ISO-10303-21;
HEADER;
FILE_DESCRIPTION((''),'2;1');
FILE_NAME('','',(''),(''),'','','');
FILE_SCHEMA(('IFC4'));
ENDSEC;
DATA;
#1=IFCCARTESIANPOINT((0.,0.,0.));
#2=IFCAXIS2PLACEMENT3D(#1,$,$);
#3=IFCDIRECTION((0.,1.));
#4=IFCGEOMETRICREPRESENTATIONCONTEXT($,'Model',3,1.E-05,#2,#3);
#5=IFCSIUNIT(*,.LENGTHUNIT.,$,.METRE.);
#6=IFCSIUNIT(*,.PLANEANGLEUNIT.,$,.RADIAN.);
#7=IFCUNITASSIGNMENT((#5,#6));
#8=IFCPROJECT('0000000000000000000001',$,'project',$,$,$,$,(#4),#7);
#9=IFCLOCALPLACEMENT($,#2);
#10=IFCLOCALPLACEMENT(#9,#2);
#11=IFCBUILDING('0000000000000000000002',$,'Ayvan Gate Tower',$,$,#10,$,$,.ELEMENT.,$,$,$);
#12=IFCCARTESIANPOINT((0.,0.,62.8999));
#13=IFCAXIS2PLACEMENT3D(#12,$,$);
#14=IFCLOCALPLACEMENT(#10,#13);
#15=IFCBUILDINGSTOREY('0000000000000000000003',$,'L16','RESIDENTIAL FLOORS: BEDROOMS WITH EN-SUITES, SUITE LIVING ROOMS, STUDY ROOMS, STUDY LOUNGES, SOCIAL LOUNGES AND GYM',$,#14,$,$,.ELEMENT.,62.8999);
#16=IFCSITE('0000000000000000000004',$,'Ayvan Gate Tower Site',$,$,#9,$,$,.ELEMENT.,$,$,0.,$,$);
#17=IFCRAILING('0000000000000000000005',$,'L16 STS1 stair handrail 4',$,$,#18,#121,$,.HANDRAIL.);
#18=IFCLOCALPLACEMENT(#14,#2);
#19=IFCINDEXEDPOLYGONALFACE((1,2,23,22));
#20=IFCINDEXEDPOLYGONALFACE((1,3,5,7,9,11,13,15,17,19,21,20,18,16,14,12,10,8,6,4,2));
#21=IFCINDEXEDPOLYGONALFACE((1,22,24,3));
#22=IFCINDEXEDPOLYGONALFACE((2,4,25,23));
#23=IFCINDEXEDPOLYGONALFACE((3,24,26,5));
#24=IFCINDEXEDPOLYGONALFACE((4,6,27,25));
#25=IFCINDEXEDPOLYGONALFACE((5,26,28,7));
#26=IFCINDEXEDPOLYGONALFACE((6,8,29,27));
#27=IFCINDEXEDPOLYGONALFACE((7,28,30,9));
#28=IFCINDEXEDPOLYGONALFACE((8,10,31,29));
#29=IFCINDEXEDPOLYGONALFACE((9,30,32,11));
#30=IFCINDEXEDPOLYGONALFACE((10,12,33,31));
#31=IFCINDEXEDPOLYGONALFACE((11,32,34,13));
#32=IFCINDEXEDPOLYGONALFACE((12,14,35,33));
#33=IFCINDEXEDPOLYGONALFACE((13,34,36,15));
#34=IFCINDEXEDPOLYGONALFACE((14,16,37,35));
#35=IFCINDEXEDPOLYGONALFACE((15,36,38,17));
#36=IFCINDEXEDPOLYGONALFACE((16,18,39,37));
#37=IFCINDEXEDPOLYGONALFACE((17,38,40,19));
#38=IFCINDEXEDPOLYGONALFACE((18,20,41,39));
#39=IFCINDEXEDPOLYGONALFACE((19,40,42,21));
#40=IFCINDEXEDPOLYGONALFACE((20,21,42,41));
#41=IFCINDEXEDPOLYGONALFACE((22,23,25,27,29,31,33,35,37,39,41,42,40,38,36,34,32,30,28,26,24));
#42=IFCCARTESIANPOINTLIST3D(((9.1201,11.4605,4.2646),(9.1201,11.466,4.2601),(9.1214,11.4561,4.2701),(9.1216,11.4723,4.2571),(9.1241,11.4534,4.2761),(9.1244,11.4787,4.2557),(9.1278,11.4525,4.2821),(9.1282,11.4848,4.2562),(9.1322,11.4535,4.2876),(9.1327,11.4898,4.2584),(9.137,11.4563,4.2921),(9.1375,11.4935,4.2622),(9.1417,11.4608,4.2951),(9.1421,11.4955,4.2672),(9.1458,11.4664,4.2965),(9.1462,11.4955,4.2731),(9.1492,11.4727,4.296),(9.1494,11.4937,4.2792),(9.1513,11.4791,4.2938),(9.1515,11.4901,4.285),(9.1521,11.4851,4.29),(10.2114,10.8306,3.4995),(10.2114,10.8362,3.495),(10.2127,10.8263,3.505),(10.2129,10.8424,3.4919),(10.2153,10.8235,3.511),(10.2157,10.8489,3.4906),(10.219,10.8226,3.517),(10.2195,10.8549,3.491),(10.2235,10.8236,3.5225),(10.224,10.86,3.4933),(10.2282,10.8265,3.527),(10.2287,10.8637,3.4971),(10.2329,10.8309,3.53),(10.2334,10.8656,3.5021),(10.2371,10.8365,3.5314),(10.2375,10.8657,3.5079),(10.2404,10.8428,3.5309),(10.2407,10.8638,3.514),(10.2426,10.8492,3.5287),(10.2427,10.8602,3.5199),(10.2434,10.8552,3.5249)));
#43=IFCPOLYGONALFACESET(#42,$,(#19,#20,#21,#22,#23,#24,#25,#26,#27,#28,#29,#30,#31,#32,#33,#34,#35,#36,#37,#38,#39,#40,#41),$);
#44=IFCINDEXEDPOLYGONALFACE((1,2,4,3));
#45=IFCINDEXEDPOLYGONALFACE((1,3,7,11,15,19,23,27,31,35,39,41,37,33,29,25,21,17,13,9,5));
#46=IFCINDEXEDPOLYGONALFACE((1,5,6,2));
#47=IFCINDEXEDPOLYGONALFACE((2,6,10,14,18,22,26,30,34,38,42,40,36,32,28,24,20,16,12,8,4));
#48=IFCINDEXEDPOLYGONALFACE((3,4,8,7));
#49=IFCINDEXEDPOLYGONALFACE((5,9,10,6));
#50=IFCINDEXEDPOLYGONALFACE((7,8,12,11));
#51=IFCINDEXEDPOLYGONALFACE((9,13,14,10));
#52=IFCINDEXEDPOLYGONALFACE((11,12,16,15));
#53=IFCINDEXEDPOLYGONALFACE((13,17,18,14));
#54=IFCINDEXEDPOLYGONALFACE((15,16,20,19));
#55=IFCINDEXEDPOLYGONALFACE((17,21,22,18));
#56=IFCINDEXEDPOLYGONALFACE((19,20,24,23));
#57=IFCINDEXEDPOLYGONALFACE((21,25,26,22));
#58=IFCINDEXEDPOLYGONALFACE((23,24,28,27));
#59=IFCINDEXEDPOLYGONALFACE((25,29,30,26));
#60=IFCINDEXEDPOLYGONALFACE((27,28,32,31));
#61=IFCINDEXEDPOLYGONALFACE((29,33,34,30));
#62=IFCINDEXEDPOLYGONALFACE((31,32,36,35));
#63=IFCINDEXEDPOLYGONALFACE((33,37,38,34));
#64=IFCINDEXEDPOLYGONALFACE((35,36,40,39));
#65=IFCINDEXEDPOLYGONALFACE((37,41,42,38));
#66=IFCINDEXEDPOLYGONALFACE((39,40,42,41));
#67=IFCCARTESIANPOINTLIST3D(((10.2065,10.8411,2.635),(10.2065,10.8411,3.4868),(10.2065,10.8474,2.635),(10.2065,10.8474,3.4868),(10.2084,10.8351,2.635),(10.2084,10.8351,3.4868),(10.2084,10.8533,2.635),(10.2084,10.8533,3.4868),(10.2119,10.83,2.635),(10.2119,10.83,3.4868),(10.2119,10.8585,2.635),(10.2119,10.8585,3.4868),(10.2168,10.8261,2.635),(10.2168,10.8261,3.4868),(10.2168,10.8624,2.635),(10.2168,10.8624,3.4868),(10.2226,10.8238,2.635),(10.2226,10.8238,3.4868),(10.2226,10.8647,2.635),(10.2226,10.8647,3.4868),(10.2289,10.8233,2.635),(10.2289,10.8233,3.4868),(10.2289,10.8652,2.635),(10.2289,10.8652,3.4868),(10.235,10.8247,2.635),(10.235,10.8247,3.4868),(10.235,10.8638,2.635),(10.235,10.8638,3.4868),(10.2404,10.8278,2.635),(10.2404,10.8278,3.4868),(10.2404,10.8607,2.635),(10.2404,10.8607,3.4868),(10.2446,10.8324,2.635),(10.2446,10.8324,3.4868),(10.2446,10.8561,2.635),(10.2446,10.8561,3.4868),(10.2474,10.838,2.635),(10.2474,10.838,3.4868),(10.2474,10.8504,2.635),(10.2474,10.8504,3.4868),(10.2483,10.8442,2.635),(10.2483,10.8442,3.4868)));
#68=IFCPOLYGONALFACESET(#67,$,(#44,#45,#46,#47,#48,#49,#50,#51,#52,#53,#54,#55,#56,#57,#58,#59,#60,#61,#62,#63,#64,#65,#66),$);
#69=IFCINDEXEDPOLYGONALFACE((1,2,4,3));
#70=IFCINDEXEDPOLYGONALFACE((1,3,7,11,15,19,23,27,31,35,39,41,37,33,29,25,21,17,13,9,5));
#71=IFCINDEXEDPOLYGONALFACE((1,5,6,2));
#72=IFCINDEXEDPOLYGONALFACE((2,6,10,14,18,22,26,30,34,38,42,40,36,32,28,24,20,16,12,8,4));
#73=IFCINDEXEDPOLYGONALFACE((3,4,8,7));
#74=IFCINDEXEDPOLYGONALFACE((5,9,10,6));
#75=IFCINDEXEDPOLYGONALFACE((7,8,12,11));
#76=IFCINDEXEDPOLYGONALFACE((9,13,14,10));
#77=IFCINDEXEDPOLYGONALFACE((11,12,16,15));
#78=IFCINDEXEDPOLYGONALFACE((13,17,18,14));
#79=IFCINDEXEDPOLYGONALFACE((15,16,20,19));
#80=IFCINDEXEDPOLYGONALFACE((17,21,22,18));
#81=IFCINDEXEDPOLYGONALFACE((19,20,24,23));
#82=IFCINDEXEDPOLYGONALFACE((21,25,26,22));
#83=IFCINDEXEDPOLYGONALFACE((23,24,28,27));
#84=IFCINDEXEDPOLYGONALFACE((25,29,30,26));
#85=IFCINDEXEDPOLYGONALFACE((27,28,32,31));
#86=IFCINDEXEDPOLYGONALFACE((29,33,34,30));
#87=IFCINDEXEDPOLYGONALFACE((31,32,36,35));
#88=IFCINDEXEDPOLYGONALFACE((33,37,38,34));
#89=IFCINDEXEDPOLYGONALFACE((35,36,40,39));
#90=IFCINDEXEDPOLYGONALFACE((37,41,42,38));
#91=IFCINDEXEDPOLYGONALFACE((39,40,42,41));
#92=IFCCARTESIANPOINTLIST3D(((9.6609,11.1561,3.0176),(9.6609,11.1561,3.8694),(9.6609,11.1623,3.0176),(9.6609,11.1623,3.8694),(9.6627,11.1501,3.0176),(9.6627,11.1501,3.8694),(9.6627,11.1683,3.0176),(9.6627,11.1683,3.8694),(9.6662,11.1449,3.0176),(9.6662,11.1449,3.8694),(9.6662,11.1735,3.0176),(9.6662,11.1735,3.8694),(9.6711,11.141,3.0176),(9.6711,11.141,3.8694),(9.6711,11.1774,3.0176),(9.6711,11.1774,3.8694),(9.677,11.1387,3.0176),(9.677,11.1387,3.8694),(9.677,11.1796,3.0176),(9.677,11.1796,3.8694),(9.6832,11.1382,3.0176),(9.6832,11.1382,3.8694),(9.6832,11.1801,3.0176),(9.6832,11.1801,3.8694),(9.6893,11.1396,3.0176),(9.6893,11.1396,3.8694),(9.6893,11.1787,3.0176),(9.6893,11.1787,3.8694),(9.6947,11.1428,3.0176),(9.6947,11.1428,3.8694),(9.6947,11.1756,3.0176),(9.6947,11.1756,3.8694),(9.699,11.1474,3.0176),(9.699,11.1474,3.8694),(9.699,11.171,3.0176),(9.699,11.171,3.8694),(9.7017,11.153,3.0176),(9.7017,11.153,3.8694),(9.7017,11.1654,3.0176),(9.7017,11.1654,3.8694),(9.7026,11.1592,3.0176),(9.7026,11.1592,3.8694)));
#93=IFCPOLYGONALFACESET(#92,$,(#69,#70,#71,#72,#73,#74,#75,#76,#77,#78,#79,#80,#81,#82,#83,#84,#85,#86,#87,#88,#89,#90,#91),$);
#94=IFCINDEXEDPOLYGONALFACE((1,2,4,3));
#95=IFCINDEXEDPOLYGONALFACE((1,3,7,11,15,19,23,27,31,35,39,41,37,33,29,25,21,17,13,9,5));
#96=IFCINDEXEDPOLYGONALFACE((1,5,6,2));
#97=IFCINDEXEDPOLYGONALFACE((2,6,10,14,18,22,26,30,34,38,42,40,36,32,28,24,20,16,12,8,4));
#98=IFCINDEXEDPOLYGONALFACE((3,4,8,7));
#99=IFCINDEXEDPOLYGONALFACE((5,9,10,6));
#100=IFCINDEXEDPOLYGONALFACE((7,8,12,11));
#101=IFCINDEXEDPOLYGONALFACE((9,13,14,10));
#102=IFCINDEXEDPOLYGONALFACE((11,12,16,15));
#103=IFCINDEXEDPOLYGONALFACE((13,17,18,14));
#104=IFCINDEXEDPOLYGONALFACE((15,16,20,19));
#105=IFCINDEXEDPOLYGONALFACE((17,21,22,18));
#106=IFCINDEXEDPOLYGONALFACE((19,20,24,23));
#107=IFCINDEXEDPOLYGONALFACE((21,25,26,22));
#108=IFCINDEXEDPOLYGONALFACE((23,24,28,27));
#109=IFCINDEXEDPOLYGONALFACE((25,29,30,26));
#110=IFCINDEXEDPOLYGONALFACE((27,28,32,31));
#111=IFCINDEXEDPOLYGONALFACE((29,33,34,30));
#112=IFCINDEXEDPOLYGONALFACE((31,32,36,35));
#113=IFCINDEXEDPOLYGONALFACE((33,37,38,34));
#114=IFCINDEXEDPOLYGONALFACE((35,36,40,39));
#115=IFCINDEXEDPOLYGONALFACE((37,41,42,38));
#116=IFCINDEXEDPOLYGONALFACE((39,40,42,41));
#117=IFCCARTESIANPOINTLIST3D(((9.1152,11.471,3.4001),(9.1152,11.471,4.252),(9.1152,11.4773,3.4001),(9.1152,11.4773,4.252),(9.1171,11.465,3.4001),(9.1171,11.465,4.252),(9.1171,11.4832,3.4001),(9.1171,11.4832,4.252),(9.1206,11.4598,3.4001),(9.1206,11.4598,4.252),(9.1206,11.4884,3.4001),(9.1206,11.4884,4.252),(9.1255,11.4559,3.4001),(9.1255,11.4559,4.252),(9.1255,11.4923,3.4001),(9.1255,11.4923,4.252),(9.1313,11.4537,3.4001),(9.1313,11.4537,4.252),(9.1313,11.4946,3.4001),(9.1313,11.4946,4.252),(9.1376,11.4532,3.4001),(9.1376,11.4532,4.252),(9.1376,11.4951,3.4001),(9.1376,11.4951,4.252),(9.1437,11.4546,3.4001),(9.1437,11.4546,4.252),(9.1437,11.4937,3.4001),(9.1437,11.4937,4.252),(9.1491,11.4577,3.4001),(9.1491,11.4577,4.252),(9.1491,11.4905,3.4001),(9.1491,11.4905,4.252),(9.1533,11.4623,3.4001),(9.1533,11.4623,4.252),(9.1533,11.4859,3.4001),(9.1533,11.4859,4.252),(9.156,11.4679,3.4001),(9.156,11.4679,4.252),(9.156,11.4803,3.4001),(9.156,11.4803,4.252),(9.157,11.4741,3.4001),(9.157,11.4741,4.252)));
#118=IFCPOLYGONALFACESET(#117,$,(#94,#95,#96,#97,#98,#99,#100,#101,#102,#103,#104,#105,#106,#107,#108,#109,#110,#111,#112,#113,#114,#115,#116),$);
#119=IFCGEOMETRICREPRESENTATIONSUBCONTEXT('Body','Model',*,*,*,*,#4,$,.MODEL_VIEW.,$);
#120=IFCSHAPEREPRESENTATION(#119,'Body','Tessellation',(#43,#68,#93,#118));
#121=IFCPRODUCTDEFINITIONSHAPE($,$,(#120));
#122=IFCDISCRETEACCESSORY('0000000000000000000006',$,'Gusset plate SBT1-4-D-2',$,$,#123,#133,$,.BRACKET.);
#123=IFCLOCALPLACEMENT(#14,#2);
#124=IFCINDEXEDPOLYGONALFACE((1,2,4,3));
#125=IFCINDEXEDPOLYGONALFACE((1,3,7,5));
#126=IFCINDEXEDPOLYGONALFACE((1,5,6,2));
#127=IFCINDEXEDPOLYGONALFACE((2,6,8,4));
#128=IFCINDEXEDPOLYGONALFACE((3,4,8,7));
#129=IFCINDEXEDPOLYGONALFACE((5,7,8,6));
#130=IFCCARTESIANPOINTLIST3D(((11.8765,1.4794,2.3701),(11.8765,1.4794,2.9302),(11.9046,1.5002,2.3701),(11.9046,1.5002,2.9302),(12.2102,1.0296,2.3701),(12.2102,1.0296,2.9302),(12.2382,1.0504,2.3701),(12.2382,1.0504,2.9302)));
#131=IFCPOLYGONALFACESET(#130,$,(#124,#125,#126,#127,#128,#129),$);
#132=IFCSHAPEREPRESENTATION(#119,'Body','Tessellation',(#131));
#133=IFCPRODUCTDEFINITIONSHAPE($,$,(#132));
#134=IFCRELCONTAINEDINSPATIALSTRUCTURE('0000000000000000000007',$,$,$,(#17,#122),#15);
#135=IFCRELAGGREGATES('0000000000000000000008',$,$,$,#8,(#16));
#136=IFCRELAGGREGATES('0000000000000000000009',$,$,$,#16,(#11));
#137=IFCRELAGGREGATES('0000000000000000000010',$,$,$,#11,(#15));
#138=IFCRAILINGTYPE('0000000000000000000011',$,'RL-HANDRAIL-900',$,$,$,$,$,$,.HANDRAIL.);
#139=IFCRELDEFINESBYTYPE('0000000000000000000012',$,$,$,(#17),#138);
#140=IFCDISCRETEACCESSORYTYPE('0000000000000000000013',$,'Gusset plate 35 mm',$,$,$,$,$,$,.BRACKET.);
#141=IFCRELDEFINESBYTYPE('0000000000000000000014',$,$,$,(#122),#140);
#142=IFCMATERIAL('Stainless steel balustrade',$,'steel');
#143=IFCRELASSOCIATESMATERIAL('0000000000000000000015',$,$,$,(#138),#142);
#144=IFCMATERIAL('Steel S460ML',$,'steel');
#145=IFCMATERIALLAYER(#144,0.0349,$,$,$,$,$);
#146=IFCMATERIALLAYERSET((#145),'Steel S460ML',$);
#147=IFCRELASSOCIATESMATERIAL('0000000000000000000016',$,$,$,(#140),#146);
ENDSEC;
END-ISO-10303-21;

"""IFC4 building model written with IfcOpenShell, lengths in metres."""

from ifc_helpers import new_model, si_unit, direction, frame, origin, origin_2d, place, context, subcontext, project, spatial, rectangle, circle, extrude, material, layer, layer_set, type_object, element, save


model = new_model("IFC4")

# Units and contexts
model_context = context("Model", 3, precision=1e-05, world=origin(), true_north=direction((0.0, 1.0)))
body_context = subcontext(model_context, "Body", "Model", "MODEL_VIEW")
ifc_project = project(units=[si_unit("LENGTHUNIT", "METRE"), si_unit("PLANEANGLEUNIT", "RADIAN")], contexts=[model_context])

# Site, building, storey
site_placement = place(None, origin())
site = spatial("IfcSite", under=ifc_project, at=site_placement, Name="Ayvan Gate Tower Site", CompositionType="ELEMENT", RefElevation=0.0)
building_placement = place(site_placement, origin())
building = spatial("IfcBuilding", under=site, at=building_placement, Name="Ayvan Gate Tower", CompositionType="ELEMENT")
storey_placement = place(building_placement, frame((0.0, 0.0, 62.8999)))
storey = spatial("IfcBuildingStorey", under=building, at=storey_placement, Name="L16", Description="RESIDENTIAL FLOORS: BEDROOMS WITH EN-SUITES, SUITE LIVING ROOMS, STUDY ROOMS, STUDY LOUNGES, SOCIAL LOUNGES AND GYM", CompositionType="ELEMENT", Elevation=62.8999)

# Railing
ifc_material_1 = material(Name="Stainless steel balustrade", Category="steel")
railing_type_1 = type_object("IfcRailingType", Name="RL-HANDRAIL-900", PredefinedType="HANDRAIL", material=ifc_material_1)
railing_1_placement = place(storey_placement, frame((10.2273, 10.8442, 2.635)))
element("IfcRailing", 1, at=railing_1_placement, inside=storey, type_object=railing_type_1, Name="L16 STS1 stair handrail 4", PredefinedType="HANDRAIL", context=body_context, shape_type="SweptSolid", body=[
    extrude(circle(Radius=0.0239, at=origin_2d()), frame((0.0, 0.0, 0.876), z_axis=(-0.740293, 0.427283, 0.519033), x_axis=(-0.49989, -0.866089, 0.0)), (0.0, 0.0, 1.0), 1.4741),
    extrude(circle(Radius=0.021, at=origin_2d()), origin(), (0.0, 0.0, 1.0), 0.8518),
    extrude(circle(Radius=0.021, at=origin_2d()), frame((-0.5457, 0.3149, 0.3826)), (0.0, 0.0, 1.0), 0.8518),
    extrude(circle(Radius=0.021, at=origin_2d()), frame((-1.0913, 0.6299, 0.7651)), (0.0, 0.0, 1.0), 0.8518),
])

# Discrete accessory
ifc_material_2 = material(Name="Steel S460ML", Category="steel")
ifc_layer_1 = layer(ifc_material_2, 0.0349)
ifc_layer_set_1 = layer_set([ifc_layer_1], Name="Steel S460ML")
discrete_accessory_type = type_object("IfcDiscreteAccessoryType", Name="Gusset plate 35 mm", PredefinedType="BRACKET", material=ifc_layer_set_1)
discrete_accessory_placement = place(storey_placement, frame((12.0574, 1.2649, 2.3701), z_axis=(0.0, 0.0, 1.0), x_axis=(-0.595718, 0.803194, 0.0)))
element("IfcDiscreteAccessory", 2, at=discrete_accessory_placement, inside=storey, type_object=discrete_accessory_type, Name="Gusset plate SBT1-4-D-2", PredefinedType="BRACKET", context=body_context, shape_type="SweptSolid", body=[
    extrude(rectangle(XDim=0.5601, YDim=0.0349, at=origin_2d()), origin(), (0.0, 0.0, 1.0), 0.5601),
])

save(model, "model.ifc")
